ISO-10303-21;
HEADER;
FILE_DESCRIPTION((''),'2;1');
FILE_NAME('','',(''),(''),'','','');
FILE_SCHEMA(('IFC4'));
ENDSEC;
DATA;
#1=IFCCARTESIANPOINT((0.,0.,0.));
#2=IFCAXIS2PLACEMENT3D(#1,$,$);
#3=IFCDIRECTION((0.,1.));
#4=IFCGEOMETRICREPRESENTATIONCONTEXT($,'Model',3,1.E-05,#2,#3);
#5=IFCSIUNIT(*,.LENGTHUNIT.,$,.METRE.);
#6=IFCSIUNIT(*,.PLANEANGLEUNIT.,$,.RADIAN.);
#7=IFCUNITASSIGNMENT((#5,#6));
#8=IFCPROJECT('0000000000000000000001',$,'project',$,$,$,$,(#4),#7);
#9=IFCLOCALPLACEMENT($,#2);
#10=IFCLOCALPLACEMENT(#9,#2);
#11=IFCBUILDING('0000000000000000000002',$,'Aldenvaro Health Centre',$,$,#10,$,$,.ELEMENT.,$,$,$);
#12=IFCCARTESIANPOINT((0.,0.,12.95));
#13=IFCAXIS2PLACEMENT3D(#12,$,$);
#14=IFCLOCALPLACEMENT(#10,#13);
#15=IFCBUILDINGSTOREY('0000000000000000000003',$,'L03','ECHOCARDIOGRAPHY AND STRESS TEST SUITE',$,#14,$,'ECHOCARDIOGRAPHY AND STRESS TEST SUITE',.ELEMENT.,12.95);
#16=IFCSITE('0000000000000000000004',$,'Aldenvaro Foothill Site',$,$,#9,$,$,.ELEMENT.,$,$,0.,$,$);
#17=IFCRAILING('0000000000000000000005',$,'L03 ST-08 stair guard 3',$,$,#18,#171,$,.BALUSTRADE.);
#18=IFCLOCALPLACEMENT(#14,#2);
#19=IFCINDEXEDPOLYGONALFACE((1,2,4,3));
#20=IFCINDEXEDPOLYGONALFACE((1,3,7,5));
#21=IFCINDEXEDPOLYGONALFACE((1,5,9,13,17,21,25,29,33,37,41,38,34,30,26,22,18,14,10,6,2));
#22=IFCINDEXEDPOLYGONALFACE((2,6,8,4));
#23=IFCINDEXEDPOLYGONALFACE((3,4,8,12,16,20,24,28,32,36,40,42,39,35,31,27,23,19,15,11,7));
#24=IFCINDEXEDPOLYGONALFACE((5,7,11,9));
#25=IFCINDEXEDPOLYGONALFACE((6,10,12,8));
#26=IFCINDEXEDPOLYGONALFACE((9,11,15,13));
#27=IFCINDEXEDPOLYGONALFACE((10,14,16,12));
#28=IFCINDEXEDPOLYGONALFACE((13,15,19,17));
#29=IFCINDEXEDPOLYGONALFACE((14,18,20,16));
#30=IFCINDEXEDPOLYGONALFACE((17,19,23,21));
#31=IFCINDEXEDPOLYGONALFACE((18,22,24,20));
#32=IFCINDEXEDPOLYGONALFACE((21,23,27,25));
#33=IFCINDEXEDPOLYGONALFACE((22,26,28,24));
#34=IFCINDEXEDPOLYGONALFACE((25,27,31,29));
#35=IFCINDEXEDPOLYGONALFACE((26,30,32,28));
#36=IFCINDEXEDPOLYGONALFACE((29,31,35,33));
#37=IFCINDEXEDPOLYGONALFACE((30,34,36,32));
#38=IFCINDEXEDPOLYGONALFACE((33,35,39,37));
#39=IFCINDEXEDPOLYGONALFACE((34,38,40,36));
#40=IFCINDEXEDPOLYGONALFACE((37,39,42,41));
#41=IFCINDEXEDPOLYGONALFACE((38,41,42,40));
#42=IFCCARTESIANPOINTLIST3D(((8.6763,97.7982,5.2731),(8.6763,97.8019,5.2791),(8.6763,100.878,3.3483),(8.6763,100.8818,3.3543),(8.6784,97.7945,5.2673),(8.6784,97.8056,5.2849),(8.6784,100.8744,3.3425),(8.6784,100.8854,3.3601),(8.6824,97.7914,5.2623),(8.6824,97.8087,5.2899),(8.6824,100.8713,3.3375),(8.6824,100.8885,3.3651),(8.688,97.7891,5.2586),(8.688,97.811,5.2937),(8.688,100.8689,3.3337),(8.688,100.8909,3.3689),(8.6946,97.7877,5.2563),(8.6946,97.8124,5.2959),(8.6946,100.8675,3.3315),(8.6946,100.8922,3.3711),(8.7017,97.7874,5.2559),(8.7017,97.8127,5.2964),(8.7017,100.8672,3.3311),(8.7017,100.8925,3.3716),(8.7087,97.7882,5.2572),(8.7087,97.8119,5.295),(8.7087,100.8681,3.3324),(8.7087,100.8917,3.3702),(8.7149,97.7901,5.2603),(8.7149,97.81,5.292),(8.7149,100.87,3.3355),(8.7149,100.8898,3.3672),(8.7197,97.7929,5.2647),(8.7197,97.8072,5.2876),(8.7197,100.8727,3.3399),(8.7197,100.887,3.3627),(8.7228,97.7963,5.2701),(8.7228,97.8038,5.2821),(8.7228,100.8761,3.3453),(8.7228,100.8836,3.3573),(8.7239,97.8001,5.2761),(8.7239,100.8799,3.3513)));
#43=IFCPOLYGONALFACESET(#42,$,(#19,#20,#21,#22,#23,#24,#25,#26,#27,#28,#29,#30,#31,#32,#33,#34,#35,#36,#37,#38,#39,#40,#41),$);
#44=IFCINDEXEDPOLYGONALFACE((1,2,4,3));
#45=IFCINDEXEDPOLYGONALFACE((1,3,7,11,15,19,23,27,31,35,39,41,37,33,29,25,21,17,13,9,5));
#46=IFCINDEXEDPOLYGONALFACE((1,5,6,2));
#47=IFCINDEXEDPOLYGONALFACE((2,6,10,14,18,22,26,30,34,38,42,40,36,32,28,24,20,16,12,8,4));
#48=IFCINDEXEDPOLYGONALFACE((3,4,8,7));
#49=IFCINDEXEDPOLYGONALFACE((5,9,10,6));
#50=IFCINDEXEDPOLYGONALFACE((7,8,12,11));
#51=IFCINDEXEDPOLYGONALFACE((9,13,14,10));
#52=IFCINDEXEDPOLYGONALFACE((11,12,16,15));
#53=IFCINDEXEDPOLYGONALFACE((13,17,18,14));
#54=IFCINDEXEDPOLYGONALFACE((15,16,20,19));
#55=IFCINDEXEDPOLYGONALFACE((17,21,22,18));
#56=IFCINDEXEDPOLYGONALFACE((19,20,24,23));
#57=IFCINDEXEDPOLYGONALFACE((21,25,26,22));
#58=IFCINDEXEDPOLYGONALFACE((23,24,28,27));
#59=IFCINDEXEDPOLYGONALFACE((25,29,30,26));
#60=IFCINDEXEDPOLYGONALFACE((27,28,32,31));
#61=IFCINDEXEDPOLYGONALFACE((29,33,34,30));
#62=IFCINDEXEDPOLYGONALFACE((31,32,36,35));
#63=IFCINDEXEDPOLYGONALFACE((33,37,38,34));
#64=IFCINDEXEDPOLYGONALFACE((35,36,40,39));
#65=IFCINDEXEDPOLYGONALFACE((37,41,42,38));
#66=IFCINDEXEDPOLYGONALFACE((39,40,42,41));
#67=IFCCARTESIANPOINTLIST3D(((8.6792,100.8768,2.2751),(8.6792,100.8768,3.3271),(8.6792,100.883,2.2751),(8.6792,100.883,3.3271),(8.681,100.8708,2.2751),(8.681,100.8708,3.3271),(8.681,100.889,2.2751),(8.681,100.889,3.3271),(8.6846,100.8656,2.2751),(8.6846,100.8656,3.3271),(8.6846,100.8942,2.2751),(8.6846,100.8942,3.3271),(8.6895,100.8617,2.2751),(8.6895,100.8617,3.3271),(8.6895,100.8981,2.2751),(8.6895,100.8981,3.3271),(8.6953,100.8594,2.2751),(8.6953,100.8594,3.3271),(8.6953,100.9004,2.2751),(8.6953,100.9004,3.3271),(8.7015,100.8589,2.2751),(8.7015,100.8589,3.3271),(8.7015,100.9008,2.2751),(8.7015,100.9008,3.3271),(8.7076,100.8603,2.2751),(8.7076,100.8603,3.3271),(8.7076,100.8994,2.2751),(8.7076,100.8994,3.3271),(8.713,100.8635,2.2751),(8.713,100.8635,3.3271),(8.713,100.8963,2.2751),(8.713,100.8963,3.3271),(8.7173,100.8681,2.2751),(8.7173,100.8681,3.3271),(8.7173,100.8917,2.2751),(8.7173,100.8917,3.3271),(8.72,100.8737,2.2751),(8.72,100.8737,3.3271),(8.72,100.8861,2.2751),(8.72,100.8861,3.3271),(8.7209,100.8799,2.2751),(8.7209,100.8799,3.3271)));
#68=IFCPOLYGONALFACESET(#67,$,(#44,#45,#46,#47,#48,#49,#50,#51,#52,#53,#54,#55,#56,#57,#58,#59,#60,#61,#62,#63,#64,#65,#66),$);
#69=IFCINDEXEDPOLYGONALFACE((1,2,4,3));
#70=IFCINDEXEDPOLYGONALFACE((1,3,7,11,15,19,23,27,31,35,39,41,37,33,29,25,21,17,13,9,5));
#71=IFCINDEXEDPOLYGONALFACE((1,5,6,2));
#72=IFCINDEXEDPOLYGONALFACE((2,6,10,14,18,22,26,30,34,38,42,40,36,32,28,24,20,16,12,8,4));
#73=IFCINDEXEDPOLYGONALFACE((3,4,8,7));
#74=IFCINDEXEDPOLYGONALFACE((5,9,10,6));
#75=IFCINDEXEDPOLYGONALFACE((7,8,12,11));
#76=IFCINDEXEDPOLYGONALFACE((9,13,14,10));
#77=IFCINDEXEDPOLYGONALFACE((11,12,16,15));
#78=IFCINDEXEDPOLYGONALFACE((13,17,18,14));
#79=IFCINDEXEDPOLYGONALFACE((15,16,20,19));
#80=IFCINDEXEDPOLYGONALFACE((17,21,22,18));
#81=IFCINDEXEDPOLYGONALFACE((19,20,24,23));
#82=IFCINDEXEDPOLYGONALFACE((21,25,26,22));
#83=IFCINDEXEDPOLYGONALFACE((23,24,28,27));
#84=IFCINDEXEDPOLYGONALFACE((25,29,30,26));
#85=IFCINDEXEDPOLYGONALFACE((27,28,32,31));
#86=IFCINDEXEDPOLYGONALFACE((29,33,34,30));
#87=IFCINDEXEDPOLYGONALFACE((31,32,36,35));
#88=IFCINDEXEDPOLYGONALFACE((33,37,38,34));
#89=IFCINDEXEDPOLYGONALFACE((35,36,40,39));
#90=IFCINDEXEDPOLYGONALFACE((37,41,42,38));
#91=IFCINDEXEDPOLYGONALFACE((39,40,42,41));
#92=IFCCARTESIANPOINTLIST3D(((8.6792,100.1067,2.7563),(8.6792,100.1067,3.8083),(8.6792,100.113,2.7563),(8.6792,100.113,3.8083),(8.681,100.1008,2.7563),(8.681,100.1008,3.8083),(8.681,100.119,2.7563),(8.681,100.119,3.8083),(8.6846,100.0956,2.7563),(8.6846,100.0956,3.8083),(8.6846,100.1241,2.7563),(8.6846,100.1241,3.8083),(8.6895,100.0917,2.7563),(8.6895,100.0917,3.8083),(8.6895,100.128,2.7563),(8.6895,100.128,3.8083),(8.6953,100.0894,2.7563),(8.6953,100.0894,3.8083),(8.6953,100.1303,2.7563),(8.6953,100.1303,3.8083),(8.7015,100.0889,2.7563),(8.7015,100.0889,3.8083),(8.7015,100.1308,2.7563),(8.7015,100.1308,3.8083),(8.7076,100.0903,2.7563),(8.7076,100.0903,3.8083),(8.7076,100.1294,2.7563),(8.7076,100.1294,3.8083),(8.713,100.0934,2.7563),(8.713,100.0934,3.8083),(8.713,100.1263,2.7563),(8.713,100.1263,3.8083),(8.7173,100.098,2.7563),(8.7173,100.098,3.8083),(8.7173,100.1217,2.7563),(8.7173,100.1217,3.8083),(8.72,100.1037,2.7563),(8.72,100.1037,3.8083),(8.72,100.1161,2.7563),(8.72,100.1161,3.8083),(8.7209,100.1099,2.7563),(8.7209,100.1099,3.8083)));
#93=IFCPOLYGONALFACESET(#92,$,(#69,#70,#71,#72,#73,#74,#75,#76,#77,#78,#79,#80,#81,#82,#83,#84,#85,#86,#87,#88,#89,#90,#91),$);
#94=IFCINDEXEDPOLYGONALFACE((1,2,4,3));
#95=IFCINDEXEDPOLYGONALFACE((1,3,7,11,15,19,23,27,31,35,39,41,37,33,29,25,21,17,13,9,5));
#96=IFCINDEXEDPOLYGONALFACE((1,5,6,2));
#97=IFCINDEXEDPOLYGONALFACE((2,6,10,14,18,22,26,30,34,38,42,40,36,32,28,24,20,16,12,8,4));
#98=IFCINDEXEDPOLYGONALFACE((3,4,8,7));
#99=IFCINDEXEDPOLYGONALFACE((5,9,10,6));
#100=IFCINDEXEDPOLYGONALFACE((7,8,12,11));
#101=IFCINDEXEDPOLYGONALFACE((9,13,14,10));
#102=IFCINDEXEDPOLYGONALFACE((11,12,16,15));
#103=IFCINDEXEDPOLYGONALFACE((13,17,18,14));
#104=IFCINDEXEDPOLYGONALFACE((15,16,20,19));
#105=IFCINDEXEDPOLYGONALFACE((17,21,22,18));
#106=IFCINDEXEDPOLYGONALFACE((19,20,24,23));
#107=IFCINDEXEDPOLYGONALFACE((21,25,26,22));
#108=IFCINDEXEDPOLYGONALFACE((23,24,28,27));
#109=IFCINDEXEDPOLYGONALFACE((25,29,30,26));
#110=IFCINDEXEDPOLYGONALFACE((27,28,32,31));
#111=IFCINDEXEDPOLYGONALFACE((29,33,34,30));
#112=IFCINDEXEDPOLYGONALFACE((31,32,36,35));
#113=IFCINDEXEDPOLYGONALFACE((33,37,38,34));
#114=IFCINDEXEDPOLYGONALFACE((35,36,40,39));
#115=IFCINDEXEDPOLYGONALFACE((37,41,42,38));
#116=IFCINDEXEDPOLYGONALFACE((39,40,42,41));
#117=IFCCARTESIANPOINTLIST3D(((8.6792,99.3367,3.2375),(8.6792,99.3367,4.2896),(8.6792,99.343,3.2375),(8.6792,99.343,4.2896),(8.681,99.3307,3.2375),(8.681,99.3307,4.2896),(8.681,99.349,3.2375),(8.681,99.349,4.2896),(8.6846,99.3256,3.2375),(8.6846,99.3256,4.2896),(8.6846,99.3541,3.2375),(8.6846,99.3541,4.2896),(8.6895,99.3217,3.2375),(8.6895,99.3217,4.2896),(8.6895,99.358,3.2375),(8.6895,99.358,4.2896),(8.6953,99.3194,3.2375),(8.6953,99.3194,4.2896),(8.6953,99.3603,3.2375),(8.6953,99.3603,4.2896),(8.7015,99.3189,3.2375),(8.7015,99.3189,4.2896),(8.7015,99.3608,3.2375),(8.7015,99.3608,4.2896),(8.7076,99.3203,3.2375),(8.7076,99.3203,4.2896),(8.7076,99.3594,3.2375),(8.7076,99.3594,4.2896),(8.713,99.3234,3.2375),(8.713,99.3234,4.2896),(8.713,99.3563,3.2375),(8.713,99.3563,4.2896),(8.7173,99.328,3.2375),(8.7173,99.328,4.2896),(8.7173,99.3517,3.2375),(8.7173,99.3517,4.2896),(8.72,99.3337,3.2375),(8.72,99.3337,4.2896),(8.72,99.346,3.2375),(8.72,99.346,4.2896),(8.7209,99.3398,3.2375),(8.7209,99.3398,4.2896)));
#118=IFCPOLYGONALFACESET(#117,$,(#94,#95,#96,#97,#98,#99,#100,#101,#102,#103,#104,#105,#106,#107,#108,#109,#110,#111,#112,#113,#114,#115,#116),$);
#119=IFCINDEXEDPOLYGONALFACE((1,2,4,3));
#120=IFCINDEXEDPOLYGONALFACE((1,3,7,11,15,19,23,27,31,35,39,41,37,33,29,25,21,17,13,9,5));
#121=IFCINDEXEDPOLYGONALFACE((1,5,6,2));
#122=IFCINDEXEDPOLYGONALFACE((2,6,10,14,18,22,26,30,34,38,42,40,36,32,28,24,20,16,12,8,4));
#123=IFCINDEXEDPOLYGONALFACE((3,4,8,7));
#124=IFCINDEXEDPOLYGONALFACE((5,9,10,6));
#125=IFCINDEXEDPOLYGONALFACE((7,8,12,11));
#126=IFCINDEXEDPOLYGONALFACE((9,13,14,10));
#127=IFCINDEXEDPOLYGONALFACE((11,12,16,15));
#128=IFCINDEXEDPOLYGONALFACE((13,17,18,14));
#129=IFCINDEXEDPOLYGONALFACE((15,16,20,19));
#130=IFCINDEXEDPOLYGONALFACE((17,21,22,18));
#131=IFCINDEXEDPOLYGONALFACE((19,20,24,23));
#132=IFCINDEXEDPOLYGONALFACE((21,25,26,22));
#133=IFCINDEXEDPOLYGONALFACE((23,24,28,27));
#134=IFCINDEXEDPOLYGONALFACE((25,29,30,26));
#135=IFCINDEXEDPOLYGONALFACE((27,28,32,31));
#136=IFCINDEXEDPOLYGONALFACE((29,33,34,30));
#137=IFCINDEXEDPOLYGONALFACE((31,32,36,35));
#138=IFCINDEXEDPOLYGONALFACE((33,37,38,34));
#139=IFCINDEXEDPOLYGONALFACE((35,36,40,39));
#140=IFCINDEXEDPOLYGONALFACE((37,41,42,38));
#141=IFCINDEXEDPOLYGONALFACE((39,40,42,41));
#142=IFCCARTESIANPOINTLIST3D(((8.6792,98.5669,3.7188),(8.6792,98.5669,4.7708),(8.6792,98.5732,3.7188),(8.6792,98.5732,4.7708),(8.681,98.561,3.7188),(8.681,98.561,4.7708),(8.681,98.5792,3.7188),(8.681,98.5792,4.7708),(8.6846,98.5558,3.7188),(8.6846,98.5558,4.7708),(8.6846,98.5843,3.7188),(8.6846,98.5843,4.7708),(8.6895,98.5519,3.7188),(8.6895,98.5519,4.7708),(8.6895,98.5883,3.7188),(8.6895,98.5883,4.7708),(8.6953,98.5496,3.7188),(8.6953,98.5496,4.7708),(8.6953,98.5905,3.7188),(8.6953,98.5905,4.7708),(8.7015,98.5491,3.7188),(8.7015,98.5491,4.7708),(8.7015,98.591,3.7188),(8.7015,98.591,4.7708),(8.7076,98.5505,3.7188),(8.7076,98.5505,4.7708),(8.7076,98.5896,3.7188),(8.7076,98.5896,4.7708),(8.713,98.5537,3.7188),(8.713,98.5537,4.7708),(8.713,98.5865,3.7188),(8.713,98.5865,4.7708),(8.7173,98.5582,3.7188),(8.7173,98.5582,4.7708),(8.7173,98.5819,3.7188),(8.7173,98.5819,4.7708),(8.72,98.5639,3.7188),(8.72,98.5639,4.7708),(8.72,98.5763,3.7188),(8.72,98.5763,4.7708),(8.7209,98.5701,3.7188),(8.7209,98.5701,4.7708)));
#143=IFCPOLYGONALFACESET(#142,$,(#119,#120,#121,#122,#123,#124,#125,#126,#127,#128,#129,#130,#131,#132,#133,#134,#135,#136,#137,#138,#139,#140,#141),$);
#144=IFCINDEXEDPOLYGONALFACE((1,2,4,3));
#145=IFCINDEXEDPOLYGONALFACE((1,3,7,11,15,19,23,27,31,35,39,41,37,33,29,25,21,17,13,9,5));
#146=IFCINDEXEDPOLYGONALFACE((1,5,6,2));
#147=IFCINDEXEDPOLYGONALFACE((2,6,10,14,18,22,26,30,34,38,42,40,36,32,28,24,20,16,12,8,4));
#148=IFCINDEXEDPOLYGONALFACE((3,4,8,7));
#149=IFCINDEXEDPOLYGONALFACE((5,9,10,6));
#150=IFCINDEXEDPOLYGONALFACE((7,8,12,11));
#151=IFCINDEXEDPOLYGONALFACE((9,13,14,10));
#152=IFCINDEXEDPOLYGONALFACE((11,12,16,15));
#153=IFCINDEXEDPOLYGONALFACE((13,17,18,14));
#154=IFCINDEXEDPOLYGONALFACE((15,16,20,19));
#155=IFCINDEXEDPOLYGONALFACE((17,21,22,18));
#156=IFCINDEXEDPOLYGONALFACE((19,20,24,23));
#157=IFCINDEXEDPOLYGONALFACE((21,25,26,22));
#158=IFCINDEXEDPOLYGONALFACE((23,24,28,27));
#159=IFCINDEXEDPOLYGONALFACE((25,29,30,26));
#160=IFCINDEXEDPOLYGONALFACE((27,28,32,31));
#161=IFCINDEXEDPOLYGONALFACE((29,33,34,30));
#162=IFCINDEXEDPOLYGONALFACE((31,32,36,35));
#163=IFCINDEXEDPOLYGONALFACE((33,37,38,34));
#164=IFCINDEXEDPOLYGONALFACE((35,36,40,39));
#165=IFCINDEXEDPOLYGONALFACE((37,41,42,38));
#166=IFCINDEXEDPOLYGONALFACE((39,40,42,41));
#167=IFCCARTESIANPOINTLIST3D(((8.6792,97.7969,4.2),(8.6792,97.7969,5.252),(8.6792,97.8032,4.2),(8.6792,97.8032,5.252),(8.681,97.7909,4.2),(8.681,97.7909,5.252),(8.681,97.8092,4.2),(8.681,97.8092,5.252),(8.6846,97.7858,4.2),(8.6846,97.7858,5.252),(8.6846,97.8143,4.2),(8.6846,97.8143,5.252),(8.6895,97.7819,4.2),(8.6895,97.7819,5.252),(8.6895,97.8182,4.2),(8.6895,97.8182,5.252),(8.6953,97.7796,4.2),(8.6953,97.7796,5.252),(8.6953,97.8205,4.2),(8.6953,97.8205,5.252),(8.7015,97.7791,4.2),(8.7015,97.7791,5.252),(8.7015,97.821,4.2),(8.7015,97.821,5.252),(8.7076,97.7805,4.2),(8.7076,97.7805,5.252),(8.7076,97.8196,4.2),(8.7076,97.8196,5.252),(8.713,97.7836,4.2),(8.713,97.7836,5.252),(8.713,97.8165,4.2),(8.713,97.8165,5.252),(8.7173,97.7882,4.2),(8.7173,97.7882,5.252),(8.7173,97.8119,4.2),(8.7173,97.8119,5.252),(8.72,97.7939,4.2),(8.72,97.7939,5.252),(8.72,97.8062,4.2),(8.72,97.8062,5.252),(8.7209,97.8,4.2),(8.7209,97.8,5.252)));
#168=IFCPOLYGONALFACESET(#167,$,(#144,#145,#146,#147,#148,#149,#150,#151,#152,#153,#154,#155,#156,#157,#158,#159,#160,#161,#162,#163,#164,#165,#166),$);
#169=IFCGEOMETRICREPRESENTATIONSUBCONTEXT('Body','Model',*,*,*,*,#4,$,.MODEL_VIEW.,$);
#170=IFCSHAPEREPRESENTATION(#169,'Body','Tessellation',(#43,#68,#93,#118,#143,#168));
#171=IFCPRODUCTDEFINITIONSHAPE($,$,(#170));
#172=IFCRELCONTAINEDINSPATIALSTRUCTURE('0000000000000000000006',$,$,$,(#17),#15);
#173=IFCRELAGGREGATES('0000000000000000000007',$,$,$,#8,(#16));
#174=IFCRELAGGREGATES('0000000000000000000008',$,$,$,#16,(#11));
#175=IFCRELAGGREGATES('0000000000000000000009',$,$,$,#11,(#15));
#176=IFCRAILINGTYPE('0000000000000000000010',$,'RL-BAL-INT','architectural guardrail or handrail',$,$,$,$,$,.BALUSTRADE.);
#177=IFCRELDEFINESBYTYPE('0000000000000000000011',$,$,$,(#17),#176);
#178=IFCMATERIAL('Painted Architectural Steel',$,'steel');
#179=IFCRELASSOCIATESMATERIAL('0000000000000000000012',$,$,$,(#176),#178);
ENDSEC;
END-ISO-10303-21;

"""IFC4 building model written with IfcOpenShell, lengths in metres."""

from ifc_helpers import new_model, si_unit, direction, frame, origin, origin_2d, place, context, subcontext, project, spatial, circle, extrude, material, type_object, element, save


model = new_model("IFC4")

# Units and contexts
model_context = context("Model", 3, precision=1e-05, world=origin(), true_north=direction((0.0, 1.0)))
body_context = subcontext(model_context, "Body", "Model", "MODEL_VIEW")
ifc_project = project(units=[si_unit("LENGTHUNIT", "METRE"), si_unit("PLANEANGLEUNIT", "RADIAN")], contexts=[model_context])

# Site, building, storey
site_placement = place(None, origin())
site = spatial("IfcSite", under=ifc_project, at=site_placement, Name="Aldenvaro Foothill Site", CompositionType="ELEMENT", RefElevation=0.0)
building_placement = place(site_placement, origin())
building = spatial("IfcBuilding", under=site, at=building_placement, Name="Aldenvaro Health Centre", CompositionType="ELEMENT")
storey_placement = place(building_placement, frame((0.0, 0.0, 12.95)))
storey = spatial("IfcBuildingStorey", under=building, at=storey_placement, Name="L03", Description="ECHOCARDIOGRAPHY AND STRESS TEST SUITE", LongName="ECHOCARDIOGRAPHY AND STRESS TEST SUITE", CompositionType="ELEMENT", Elevation=12.95)

# Railing
ifc_material_1 = material(Name="Painted Architectural Steel", Category="steel")
railing_type_1 = type_object("IfcRailingType", Name="RL-BAL-INT", Description="architectural guardrail or handrail", PredefinedType="BALUSTRADE", material=ifc_material_1)
railing_1_placement = place(storey_placement, frame((8.7, 100.8799, 2.2751)))
element("IfcRailing", 1, at=railing_1_placement, inside=storey, type_object=railing_type_1, Name="L03 ST-08 stair guard 3", PredefinedType="BALUSTRADE", context=body_context, shape_type="SweptSolid", body=[
    extrude(circle(Radius=0.0239, at=origin_2d()), frame((0.0, 0.0, 1.0762), z_axis=(0.0, -0.84801, 0.529981), x_axis=(1.0, 0.0, 0.0)), (0.0, 0.0, 1.0), 3.6318),
    extrude(circle(Radius=0.021, at=origin_2d()), origin(), (0.0, 0.0, 1.0), 1.052),
    extrude(circle(Radius=0.021, at=origin_2d()), frame((0.0, -0.77, 0.4812)), (0.0, 0.0, 1.0), 1.052),
    extrude(circle(Radius=0.021, at=origin_2d()), frame((0.0, -1.54, 0.9624)), (0.0, 0.0, 1.0), 1.052),
    extrude(circle(Radius=0.021, at=origin_2d()), frame((0.0, -2.3098, 1.4436)), (0.0, 0.0, 1.0), 1.052),
    extrude(circle(Radius=0.021, at=origin_2d()), frame((0.0, -3.0798, 1.9248)), (0.0, 0.0, 1.0), 1.052),
])

save(model, "model.ifc")
